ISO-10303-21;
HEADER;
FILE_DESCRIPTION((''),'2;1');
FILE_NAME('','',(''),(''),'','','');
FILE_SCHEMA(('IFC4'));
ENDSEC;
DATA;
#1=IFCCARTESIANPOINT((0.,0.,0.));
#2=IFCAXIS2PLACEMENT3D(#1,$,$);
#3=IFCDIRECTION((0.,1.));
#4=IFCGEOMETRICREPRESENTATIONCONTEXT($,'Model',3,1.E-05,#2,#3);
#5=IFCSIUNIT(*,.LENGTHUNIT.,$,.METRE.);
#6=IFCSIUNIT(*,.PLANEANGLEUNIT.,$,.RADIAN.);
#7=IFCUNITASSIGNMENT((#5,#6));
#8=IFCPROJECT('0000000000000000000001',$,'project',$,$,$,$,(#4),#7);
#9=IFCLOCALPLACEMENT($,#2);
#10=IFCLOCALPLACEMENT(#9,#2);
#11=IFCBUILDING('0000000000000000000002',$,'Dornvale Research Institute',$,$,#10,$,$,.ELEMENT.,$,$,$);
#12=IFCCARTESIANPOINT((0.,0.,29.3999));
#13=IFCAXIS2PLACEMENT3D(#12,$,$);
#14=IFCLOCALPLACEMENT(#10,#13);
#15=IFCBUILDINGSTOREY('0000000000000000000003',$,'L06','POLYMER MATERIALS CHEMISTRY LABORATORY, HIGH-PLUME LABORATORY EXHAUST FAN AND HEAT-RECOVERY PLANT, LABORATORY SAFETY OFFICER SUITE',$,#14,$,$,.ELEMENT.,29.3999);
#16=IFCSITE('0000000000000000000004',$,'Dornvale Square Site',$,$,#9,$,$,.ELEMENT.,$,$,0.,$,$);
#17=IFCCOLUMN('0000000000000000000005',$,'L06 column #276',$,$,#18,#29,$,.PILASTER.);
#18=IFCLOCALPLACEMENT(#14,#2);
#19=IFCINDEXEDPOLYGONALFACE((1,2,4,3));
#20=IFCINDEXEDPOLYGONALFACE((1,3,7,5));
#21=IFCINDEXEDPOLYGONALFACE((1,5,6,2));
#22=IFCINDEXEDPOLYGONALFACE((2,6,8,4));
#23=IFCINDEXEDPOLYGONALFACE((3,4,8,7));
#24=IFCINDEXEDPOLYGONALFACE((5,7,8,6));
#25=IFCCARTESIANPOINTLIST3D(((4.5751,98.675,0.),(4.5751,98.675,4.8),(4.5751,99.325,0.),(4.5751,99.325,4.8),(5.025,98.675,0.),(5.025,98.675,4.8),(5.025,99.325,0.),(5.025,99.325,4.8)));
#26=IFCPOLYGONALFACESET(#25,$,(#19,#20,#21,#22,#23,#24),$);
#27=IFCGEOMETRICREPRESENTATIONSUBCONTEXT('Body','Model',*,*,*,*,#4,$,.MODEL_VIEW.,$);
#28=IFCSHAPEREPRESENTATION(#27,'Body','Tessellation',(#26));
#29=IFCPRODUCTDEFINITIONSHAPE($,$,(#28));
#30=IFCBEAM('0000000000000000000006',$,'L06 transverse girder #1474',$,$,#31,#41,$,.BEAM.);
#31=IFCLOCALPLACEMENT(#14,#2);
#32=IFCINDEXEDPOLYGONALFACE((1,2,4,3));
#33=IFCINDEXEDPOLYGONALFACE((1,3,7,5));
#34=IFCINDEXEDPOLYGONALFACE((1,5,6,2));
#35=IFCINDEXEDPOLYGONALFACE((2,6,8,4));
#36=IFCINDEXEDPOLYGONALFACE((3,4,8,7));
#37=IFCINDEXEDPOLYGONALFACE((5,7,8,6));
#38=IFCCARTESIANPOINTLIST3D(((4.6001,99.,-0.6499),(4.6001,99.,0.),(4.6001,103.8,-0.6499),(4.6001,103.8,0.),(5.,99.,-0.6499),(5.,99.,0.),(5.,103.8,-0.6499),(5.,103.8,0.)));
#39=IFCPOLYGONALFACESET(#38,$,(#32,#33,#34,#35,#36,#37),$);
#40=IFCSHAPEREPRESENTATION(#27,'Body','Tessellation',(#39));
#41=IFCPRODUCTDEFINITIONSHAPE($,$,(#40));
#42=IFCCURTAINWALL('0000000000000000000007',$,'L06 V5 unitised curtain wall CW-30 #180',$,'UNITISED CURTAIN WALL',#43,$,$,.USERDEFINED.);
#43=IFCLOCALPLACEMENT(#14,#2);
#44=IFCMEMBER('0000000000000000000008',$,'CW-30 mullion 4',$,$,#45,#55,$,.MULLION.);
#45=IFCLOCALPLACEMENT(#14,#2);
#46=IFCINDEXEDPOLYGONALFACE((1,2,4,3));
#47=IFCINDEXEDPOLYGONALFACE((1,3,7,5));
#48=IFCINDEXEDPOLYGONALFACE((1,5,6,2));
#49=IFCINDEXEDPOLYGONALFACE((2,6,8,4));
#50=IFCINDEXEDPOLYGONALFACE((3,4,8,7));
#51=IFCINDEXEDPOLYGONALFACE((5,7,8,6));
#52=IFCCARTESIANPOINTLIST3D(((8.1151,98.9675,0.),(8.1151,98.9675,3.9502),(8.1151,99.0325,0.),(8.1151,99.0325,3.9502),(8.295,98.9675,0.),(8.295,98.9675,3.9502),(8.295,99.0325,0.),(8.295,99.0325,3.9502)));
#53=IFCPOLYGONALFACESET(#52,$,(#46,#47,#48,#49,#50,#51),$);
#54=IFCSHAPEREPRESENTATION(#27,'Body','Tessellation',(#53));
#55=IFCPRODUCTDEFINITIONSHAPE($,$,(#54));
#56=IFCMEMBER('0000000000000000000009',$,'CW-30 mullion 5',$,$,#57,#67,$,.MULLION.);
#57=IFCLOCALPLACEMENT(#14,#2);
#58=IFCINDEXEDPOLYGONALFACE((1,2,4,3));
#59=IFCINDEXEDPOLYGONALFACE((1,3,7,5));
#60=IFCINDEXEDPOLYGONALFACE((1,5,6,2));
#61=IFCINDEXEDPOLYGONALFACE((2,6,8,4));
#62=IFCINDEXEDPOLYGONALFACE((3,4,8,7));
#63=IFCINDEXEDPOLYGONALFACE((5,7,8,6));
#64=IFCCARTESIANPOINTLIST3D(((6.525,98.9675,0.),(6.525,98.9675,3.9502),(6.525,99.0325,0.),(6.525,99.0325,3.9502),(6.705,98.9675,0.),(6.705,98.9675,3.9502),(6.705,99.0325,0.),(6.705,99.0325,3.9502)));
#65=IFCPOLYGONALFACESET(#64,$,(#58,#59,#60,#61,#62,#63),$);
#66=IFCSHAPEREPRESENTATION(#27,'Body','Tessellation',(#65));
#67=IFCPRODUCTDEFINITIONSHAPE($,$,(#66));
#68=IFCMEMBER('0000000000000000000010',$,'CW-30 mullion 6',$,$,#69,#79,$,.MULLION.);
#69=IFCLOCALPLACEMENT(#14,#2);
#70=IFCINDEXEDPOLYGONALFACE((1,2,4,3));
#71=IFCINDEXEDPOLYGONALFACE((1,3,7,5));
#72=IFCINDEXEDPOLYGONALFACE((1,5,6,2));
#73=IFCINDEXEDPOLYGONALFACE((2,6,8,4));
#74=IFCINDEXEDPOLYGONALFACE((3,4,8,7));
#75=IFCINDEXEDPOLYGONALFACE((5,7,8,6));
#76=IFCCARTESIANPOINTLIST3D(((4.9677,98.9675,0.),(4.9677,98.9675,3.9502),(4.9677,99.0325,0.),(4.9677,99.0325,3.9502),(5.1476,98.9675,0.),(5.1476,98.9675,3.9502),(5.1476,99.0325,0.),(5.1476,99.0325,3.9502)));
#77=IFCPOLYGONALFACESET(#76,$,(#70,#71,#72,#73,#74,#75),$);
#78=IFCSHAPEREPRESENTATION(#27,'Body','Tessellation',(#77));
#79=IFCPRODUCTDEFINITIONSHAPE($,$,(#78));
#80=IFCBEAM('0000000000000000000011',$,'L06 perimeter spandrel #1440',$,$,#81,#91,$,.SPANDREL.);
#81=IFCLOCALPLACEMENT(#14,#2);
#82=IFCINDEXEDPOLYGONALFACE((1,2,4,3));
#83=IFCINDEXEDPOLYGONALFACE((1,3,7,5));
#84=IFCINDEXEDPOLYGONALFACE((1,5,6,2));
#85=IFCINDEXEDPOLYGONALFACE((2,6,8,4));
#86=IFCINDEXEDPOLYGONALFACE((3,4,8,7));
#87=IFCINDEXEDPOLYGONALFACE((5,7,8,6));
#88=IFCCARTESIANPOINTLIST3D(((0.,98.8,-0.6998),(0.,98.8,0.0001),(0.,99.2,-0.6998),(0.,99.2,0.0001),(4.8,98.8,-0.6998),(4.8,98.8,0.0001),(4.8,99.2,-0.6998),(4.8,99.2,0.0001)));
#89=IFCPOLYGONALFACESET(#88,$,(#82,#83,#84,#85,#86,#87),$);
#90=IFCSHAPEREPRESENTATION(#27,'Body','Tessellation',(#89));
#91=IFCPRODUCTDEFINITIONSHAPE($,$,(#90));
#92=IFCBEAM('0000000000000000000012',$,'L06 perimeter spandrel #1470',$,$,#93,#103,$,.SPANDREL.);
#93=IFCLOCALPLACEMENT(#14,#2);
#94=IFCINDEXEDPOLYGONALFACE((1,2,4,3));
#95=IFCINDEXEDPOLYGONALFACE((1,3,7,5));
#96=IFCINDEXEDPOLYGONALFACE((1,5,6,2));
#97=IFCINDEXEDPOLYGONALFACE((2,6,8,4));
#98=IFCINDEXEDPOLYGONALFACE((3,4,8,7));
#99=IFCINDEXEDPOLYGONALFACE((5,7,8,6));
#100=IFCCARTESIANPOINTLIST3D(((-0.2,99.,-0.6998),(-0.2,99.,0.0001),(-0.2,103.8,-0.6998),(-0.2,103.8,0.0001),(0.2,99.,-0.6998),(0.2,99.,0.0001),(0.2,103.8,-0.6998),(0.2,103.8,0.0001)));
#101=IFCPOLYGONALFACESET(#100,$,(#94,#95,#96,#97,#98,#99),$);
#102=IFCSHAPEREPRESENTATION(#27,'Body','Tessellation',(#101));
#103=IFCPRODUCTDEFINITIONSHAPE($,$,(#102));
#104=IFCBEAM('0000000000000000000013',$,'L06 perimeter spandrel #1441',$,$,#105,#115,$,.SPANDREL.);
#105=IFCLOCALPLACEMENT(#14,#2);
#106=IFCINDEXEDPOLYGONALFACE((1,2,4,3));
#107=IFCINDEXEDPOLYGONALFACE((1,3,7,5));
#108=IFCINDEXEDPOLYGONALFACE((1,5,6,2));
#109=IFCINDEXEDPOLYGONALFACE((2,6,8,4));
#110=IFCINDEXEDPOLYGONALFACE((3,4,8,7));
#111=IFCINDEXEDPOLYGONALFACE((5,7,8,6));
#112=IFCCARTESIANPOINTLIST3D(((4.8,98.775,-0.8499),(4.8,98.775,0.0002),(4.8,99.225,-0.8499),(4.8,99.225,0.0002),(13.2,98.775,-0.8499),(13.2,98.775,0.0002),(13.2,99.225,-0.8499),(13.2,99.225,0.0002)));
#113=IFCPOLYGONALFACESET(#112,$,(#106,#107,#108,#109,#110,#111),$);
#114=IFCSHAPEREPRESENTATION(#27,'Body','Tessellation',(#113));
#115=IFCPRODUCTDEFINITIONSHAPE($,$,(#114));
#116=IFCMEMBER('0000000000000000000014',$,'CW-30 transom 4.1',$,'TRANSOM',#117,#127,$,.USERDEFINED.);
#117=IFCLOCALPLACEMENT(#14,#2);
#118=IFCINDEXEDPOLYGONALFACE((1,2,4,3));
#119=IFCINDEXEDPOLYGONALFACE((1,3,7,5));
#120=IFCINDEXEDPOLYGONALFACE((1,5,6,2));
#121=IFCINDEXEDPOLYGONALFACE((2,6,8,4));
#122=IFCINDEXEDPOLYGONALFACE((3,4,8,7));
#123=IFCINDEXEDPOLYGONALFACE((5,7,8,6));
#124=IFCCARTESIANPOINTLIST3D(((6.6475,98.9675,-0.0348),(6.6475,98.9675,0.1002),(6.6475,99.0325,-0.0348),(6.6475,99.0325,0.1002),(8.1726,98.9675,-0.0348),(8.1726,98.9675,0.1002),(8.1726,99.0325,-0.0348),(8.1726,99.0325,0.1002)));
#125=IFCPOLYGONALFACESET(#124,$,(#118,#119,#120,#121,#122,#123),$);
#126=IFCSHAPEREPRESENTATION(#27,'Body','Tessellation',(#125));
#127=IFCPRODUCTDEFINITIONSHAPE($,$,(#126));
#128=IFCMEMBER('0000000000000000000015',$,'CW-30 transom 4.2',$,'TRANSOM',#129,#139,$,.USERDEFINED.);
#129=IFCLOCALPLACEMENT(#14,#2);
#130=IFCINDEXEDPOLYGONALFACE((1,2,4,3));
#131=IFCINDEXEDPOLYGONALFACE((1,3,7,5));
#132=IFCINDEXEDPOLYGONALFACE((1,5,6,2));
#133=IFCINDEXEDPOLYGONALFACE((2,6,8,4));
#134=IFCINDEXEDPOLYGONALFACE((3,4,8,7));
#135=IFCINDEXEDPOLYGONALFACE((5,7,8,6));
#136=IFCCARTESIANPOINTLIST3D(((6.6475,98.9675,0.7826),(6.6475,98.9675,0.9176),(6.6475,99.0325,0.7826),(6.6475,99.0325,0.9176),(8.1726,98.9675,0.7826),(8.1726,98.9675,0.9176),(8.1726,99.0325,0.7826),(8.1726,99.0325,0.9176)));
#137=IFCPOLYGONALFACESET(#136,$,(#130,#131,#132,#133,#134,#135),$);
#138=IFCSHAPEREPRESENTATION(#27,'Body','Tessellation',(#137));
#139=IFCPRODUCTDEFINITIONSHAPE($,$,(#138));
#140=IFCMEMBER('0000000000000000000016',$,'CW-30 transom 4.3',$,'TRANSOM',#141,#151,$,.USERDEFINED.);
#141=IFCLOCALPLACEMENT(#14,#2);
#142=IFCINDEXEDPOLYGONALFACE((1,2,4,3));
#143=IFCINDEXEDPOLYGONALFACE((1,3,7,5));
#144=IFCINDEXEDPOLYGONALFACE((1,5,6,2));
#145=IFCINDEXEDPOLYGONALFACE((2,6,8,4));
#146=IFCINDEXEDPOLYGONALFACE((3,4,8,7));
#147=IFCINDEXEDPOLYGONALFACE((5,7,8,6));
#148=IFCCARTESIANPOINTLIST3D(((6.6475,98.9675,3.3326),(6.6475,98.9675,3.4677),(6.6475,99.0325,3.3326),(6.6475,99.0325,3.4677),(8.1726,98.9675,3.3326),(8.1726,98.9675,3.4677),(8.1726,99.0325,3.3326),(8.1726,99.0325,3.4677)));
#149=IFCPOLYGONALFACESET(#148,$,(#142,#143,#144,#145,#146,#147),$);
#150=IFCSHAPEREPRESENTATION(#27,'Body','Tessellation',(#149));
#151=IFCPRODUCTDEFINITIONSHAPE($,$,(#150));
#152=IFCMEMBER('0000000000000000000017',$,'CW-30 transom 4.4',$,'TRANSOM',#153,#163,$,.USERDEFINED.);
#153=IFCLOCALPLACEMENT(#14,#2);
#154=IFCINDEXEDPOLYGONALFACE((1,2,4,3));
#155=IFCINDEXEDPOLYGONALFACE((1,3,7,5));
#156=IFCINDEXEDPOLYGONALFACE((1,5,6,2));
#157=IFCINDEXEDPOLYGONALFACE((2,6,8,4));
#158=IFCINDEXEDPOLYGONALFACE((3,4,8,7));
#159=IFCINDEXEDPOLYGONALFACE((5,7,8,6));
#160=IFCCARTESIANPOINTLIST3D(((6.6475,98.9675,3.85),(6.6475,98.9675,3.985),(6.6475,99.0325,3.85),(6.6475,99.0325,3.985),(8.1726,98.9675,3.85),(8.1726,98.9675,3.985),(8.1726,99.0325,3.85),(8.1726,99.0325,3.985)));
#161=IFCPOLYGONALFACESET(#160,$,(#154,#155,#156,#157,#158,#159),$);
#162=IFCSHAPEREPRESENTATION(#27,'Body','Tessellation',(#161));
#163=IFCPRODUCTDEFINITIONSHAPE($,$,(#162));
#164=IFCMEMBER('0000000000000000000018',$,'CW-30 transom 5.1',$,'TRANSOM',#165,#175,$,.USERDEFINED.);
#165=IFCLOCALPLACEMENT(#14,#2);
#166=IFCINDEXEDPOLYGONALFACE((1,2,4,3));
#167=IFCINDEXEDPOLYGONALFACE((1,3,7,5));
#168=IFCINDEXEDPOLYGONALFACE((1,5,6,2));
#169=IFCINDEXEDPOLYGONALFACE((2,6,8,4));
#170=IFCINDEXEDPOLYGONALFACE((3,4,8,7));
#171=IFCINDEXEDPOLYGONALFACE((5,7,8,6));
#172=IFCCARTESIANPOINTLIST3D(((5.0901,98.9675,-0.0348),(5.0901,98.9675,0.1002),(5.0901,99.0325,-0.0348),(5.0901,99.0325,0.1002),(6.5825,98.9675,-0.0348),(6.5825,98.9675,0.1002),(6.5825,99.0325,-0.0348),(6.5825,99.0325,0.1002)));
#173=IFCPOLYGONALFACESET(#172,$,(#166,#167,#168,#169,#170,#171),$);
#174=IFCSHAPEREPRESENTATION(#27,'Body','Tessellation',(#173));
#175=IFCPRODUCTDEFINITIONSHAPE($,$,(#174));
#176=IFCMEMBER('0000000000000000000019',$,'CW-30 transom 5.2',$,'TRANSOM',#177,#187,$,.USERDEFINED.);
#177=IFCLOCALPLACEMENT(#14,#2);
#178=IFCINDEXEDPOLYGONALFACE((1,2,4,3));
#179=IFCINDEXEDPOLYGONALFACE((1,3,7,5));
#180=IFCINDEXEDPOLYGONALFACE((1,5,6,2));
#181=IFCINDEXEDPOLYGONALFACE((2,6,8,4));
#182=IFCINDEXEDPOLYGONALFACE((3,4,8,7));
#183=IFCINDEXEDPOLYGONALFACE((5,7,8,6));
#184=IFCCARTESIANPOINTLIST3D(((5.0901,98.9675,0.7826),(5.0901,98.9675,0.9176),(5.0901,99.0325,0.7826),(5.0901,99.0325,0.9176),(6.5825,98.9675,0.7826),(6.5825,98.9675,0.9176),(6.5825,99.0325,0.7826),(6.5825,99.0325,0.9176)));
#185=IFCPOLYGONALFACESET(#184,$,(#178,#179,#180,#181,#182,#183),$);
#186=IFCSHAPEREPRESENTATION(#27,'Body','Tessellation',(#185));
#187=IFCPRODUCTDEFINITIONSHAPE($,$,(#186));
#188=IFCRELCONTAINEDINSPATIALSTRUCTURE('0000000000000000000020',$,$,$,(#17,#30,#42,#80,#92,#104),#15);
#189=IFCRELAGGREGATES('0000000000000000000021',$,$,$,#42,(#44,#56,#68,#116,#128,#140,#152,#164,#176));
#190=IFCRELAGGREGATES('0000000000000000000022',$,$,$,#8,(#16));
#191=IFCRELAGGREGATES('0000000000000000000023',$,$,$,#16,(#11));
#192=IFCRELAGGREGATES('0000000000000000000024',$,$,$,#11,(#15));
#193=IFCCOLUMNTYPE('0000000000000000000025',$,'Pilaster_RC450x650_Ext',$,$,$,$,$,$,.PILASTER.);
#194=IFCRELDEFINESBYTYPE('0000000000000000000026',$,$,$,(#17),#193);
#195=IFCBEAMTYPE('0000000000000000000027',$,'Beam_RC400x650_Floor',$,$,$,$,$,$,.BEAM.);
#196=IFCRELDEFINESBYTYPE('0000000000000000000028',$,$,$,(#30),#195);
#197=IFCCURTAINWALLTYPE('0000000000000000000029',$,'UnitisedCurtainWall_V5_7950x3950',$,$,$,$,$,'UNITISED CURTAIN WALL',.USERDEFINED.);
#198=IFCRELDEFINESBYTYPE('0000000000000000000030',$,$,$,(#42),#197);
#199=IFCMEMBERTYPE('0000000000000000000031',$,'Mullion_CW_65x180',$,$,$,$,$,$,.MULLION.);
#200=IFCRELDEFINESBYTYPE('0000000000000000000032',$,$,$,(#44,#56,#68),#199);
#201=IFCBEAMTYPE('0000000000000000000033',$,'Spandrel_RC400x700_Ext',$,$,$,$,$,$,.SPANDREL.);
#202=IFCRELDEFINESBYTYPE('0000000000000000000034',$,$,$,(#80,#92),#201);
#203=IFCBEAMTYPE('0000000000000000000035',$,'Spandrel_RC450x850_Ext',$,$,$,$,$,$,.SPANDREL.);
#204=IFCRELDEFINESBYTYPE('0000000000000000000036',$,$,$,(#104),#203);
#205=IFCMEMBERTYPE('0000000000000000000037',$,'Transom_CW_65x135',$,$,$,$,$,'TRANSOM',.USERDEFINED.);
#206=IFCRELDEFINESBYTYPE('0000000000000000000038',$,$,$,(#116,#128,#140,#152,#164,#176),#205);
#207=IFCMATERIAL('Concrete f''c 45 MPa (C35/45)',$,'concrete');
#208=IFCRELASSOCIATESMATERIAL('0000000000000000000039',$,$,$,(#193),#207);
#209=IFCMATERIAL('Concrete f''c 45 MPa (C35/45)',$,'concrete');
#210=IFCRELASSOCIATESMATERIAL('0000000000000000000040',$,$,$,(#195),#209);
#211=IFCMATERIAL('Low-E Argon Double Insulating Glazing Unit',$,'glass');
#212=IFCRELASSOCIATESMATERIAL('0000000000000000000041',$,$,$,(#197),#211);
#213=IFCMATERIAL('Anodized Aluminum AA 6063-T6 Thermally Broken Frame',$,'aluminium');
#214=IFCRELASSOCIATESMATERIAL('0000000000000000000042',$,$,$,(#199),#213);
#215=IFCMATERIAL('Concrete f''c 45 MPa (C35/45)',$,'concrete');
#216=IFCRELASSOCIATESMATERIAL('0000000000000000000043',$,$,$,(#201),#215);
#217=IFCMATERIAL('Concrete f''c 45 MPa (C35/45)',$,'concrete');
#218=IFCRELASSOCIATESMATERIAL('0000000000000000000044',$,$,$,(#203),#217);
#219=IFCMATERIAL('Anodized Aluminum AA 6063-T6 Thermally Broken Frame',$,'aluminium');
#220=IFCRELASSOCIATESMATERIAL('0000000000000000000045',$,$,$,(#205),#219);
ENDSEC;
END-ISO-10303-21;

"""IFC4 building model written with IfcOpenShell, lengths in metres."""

from ifc_helpers import new_model, si_unit, direction, frame, origin, origin_2d, place, context, subcontext, project, spatial, rectangle, extrude, material, material_profile, profile_set, type_object, element, aggregate, save


model = new_model("IFC4")

# Units and contexts
model_context = context("Model", 3, precision=1e-05, world=origin(), true_north=direction((0.0, 1.0)))
body_context = subcontext(model_context, "Body", "Model", "MODEL_VIEW")
ifc_project = project(units=[si_unit("LENGTHUNIT", "METRE"), si_unit("PLANEANGLEUNIT", "RADIAN")], contexts=[model_context])

# Site, building, storey
site_placement = place(None, origin())
site = spatial("IfcSite", under=ifc_project, at=site_placement, Name="Dornvale Square Site", CompositionType="ELEMENT", RefElevation=0.0)
building_placement = place(site_placement, origin())
building = spatial("IfcBuilding", under=site, at=building_placement, Name="Dornvale Research Institute", CompositionType="ELEMENT")
storey_placement = place(building_placement, frame((0.0, 0.0, 29.3999)))
storey = spatial("IfcBuildingStorey", under=building, at=storey_placement, Name="L06", Description="POLYMER MATERIALS CHEMISTRY LABORATORY, HIGH-PLUME LABORATORY EXHAUST FAN AND HEAT-RECOVERY PLANT, LABORATORY SAFETY OFFICER SUITE", CompositionType="ELEMENT", Elevation=29.3999)

# Column
ifc_material_1 = material(Name="Concrete f'c 45 MPa (C35/45)", Category="concrete")
ifc_material_profile_1 = material_profile(ifc_material_1, rectangle(XDim=0.45, YDim=0.6499, at=origin_2d()), Name="RC 450x650")
ifc_profile_set_1 = profile_set([ifc_material_profile_1], Name="Concrete f'c 45 MPa (C35/45)")
column_type = type_object("IfcColumnType", Name="Pilaster_RC450x650_Ext", PredefinedType="PILASTER", material=ifc_profile_set_1)
column_placement = place(storey_placement, frame((4.8, 99.0, 0.0), z_axis=(0.0, 0.0, 1.0), x_axis=(1.0, 0.0, 0.0)))
element("IfcColumn", 1, at=column_placement, inside=storey, type_object=column_type, Name="L06 column #276", PredefinedType="PILASTER", context=body_context, shape_type="SweptSolid", body=[
    extrude(rectangle(XDim=0.45, YDim=0.6499, at=origin_2d()), origin(), (0.0, 0.0, 1.0), 4.8),
])

# Beam
ifc_material_2 = material(Name="Concrete f'c 45 MPa (C35/45)", Category="concrete")
ifc_material_profile_2 = material_profile(ifc_material_2, rectangle(XDim=0.3999, YDim=0.6499, at=origin_2d()), Name="RC 400x650")
ifc_profile_set_2 = profile_set([ifc_material_profile_2], Name="Concrete f'c 45 MPa (C35/45)")
beam_type_1 = type_object("IfcBeamType", Name="Beam_RC400x650_Floor", PredefinedType="BEAM", material=ifc_profile_set_2)
beam_1_placement = place(storey_placement, frame((4.8, 99.0, -0.325), z_axis=(0.0, 1.0, 0.0), x_axis=(-1.0, 0.0, 0.0)))
element("IfcBeam", 2, at=beam_1_placement, inside=storey, type_object=beam_type_1, Name="L06 transverse girder #1474", PredefinedType="BEAM", context=body_context, shape_type="SweptSolid", body=[
    extrude(rectangle(XDim=0.3999, YDim=0.6499, at=origin_2d()), origin(), (0.0, 0.0, 1.0), 4.8),
])

# Curtain wall, members
ifc_material_3 = material(Name="Low-E Argon Double Insulating Glazing Unit", Category="glass")
curtain_wall_type = type_object("IfcCurtainWallType", Name="UnitisedCurtainWall_V5_7950x3950", ElementType="UNITISED CURTAIN WALL", PredefinedType="USERDEFINED", material=ifc_material_3)
curtain_wall_placement = place(storey_placement, origin())
curtain_wall = element("IfcCurtainWall", 3, at=curtain_wall_placement, inside=storey, type_object=curtain_wall_type, Name="L06 V5 unitised curtain wall CW-30 #180", ObjectType="UNITISED CURTAIN WALL", PredefinedType="USERDEFINED")
ifc_material_4 = material(Name="Anodized Aluminum AA 6063-T6 Thermally Broken Frame", Category="aluminium")
ifc_material_profile_3 = material_profile(ifc_material_4, rectangle(XDim=0.0649, YDim=0.1799, at=origin_2d()), Name="ALU MULLION 65x180")
ifc_profile_set_3 = profile_set([ifc_material_profile_3], Name="Anodized Aluminum AA 6063-T6 Thermally Broken Frame")
member_type_1 = type_object("IfcMemberType", Name="Mullion_CW_65x180", PredefinedType="MULLION", material=ifc_profile_set_3)
member_1_placement = place(storey_placement, frame((8.2051, 99.0, 0.0), z_axis=(0.0, 0.0, 1.0), x_axis=(0.0, -1.0, 0.0)))
member_1 = element("IfcMember", 4, at=member_1_placement, type_object=member_type_1, Name="CW-30 mullion 4", PredefinedType="MULLION", context=body_context, shape_type="SweptSolid", body=[
    extrude(rectangle(XDim=0.0649, YDim=0.1799, at=origin_2d()), origin(), (0.0, 0.0, 1.0), 3.9502),
])
member_2_placement = place(storey_placement, frame((6.615, 99.0, 0.0), z_axis=(0.0, 0.0, 1.0), x_axis=(0.0, -1.0, 0.0)))
member_2 = element("IfcMember", 5, at=member_2_placement, type_object=member_type_1, Name="CW-30 mullion 5", PredefinedType="MULLION", context=body_context, shape_type="SweptSolid", body=[
    extrude(rectangle(XDim=0.0649, YDim=0.1799, at=origin_2d()), origin(), (0.0, 0.0, 1.0), 3.9502),
])
member_3_placement = place(storey_placement, frame((5.0576, 99.0, 0.0), z_axis=(0.0, 0.0, 1.0), x_axis=(0.0, -1.0, 0.0)))
member_3 = element("IfcMember", 6, at=member_3_placement, type_object=member_type_1, Name="CW-30 mullion 6", PredefinedType="MULLION", context=body_context, shape_type="SweptSolid", body=[
    extrude(rectangle(XDim=0.0649, YDim=0.1799, at=origin_2d()), origin(), (0.0, 0.0, 1.0), 3.9502),
])

# Beams
ifc_material_5 = material(Name="Concrete f'c 45 MPa (C35/45)", Category="concrete")
ifc_material_profile_4 = material_profile(ifc_material_5, rectangle(XDim=0.3999, YDim=0.7, at=origin_2d()), Name="RC 400x700")
ifc_profile_set_4 = profile_set([ifc_material_profile_4], Name="Concrete f'c 45 MPa (C35/45)")
beam_type_2 = type_object("IfcBeamType", Name="Spandrel_RC400x700_Ext", PredefinedType="SPANDREL", material=ifc_profile_set_4)
for number, where, z_axis, x_axis, name in (
    (7, (0.0, 99.0, -0.3499), (1.0, 0.0, 0.0), (0.0, 1.0, 0.0), "L06 perimeter spandrel #1440"),
    (8, (0.0, 99.0, -0.3499), (0.0, 1.0, 0.0), (-1.0, 0.0, 0.0), "L06 perimeter spandrel #1470"),
):
    element("IfcBeam", number, at=place(storey_placement, frame(where, z_axis=z_axis, x_axis=x_axis)), inside=storey, type_object=beam_type_2, Name=name, PredefinedType="SPANDREL", context=body_context, shape_type="SweptSolid", body=[
        extrude(rectangle(XDim=0.3999, YDim=0.7, at=origin_2d()), origin(), (0.0, 0.0, 1.0), 4.8),
    ])
ifc_material_6 = material(Name="Concrete f'c 45 MPa (C35/45)", Category="concrete")
ifc_material_profile_5 = material_profile(ifc_material_6, rectangle(XDim=0.45, YDim=0.8501, at=origin_2d()), Name="RC 450x850")
ifc_profile_set_5 = profile_set([ifc_material_profile_5], Name="Concrete f'c 45 MPa (C35/45)")
beam_type_3 = type_object("IfcBeamType", Name="Spandrel_RC450x850_Ext", PredefinedType="SPANDREL", material=ifc_profile_set_5)
beam_2_placement = place(storey_placement, frame((4.8, 99.0, -0.4248), z_axis=(1.0, 0.0, 0.0), x_axis=(0.0, 1.0, 0.0)))
element("IfcBeam", 9, at=beam_2_placement, inside=storey, type_object=beam_type_3, Name="L06 perimeter spandrel #1441", PredefinedType="SPANDREL", context=body_context, shape_type="SweptSolid", body=[
    extrude(rectangle(XDim=0.45, YDim=0.8501, at=origin_2d()), origin(), (0.0, 0.0, 1.0), 8.3999),
])

# Members
ifc_material_7 = material(Name="Anodized Aluminum AA 6063-T6 Thermally Broken Frame", Category="aluminium")
ifc_material_profile_6 = material_profile(ifc_material_7, rectangle(XDim=0.0649, YDim=0.135, at=origin_2d()), Name="ALU TRANSOM 65x135")
ifc_profile_set_6 = profile_set([ifc_material_profile_6], Name="Anodized Aluminum AA 6063-T6 Thermally Broken Frame")
member_type_2 = type_object("IfcMemberType", Name="Transom_CW_65x135", ElementType="TRANSOM", PredefinedType="USERDEFINED", material=ifc_profile_set_6)
member_4_placement = place(storey_placement, frame((8.1726, 99.0, 0.0327), z_axis=(-1.0, 0.0, 0.0), x_axis=(0.0, -1.0, 0.0)))
member_4 = element("IfcMember", 10, at=member_4_placement, type_object=member_type_2, Name="CW-30 transom 4.1", ObjectType="TRANSOM", PredefinedType="USERDEFINED", context=body_context, shape_type="SweptSolid", body=[
    extrude(rectangle(XDim=0.0649, YDim=0.135, at=origin_2d()), origin(), (0.0, 0.0, 1.0), 1.5251),
])
member_5_placement = place(storey_placement, frame((8.1726, 99.0, 0.8501), z_axis=(-1.0, 0.0, 0.0), x_axis=(0.0, -1.0, 0.0)))
member_5 = element("IfcMember", 11, at=member_5_placement, type_object=member_type_2, Name="CW-30 transom 4.2", ObjectType="TRANSOM", PredefinedType="USERDEFINED", context=body_context, shape_type="SweptSolid", body=[
    extrude(rectangle(XDim=0.0649, YDim=0.135, at=origin_2d()), origin(), (0.0, 0.0, 1.0), 1.5251),
])
member_6_placement = place(storey_placement, frame((8.1726, 99.0, 3.4001), z_axis=(-1.0, 0.0, 0.0), x_axis=(0.0, -1.0, 0.0)))
member_6 = element("IfcMember", 12, at=member_6_placement, type_object=member_type_2, Name="CW-30 transom 4.3", ObjectType="TRANSOM", PredefinedType="USERDEFINED", context=body_context, shape_type="SweptSolid", body=[
    extrude(rectangle(XDim=0.0649, YDim=0.135, at=origin_2d()), origin(), (0.0, 0.0, 1.0), 1.5251),
])
member_7_placement = place(storey_placement, frame((8.1726, 99.0, 3.9175), z_axis=(-1.0, 0.0, 0.0), x_axis=(0.0, -1.0, 0.0)))
member_7 = element("IfcMember", 13, at=member_7_placement, type_object=member_type_2, Name="CW-30 transom 4.4", ObjectType="TRANSOM", PredefinedType="USERDEFINED", context=body_context, shape_type="SweptSolid", body=[
    extrude(rectangle(XDim=0.0649, YDim=0.135, at=origin_2d()), origin(), (0.0, 0.0, 1.0), 1.5251),
])
member_8_placement = place(storey_placement, frame((6.5825, 99.0, 0.0327), z_axis=(-1.0, 0.0, 0.0), x_axis=(0.0, -1.0, 0.0)))
member_8 = element("IfcMember", 14, at=member_8_placement, type_object=member_type_2, Name="CW-30 transom 5.1", ObjectType="TRANSOM", PredefinedType="USERDEFINED", context=body_context, shape_type="SweptSolid", body=[
    extrude(rectangle(XDim=0.0649, YDim=0.135, at=origin_2d()), origin(), (0.0, 0.0, 1.0), 1.4924),
])
member_9_placement = place(storey_placement, frame((6.5825, 99.0, 0.8501), z_axis=(-1.0, 0.0, 0.0), x_axis=(0.0, -1.0, 0.0)))
member_9 = element("IfcMember", 15, at=member_9_placement, type_object=member_type_2, Name="CW-30 transom 5.2", ObjectType="TRANSOM", PredefinedType="USERDEFINED", context=body_context, shape_type="SweptSolid", body=[
    extrude(rectangle(XDim=0.0649, YDim=0.135, at=origin_2d()), origin(), (0.0, 0.0, 1.0), 1.4924),
])

aggregate(curtain_wall, [member_1, member_2, member_3, member_4, member_5, member_6, member_7, member_8, member_9])

save(model, "model.ifc")
